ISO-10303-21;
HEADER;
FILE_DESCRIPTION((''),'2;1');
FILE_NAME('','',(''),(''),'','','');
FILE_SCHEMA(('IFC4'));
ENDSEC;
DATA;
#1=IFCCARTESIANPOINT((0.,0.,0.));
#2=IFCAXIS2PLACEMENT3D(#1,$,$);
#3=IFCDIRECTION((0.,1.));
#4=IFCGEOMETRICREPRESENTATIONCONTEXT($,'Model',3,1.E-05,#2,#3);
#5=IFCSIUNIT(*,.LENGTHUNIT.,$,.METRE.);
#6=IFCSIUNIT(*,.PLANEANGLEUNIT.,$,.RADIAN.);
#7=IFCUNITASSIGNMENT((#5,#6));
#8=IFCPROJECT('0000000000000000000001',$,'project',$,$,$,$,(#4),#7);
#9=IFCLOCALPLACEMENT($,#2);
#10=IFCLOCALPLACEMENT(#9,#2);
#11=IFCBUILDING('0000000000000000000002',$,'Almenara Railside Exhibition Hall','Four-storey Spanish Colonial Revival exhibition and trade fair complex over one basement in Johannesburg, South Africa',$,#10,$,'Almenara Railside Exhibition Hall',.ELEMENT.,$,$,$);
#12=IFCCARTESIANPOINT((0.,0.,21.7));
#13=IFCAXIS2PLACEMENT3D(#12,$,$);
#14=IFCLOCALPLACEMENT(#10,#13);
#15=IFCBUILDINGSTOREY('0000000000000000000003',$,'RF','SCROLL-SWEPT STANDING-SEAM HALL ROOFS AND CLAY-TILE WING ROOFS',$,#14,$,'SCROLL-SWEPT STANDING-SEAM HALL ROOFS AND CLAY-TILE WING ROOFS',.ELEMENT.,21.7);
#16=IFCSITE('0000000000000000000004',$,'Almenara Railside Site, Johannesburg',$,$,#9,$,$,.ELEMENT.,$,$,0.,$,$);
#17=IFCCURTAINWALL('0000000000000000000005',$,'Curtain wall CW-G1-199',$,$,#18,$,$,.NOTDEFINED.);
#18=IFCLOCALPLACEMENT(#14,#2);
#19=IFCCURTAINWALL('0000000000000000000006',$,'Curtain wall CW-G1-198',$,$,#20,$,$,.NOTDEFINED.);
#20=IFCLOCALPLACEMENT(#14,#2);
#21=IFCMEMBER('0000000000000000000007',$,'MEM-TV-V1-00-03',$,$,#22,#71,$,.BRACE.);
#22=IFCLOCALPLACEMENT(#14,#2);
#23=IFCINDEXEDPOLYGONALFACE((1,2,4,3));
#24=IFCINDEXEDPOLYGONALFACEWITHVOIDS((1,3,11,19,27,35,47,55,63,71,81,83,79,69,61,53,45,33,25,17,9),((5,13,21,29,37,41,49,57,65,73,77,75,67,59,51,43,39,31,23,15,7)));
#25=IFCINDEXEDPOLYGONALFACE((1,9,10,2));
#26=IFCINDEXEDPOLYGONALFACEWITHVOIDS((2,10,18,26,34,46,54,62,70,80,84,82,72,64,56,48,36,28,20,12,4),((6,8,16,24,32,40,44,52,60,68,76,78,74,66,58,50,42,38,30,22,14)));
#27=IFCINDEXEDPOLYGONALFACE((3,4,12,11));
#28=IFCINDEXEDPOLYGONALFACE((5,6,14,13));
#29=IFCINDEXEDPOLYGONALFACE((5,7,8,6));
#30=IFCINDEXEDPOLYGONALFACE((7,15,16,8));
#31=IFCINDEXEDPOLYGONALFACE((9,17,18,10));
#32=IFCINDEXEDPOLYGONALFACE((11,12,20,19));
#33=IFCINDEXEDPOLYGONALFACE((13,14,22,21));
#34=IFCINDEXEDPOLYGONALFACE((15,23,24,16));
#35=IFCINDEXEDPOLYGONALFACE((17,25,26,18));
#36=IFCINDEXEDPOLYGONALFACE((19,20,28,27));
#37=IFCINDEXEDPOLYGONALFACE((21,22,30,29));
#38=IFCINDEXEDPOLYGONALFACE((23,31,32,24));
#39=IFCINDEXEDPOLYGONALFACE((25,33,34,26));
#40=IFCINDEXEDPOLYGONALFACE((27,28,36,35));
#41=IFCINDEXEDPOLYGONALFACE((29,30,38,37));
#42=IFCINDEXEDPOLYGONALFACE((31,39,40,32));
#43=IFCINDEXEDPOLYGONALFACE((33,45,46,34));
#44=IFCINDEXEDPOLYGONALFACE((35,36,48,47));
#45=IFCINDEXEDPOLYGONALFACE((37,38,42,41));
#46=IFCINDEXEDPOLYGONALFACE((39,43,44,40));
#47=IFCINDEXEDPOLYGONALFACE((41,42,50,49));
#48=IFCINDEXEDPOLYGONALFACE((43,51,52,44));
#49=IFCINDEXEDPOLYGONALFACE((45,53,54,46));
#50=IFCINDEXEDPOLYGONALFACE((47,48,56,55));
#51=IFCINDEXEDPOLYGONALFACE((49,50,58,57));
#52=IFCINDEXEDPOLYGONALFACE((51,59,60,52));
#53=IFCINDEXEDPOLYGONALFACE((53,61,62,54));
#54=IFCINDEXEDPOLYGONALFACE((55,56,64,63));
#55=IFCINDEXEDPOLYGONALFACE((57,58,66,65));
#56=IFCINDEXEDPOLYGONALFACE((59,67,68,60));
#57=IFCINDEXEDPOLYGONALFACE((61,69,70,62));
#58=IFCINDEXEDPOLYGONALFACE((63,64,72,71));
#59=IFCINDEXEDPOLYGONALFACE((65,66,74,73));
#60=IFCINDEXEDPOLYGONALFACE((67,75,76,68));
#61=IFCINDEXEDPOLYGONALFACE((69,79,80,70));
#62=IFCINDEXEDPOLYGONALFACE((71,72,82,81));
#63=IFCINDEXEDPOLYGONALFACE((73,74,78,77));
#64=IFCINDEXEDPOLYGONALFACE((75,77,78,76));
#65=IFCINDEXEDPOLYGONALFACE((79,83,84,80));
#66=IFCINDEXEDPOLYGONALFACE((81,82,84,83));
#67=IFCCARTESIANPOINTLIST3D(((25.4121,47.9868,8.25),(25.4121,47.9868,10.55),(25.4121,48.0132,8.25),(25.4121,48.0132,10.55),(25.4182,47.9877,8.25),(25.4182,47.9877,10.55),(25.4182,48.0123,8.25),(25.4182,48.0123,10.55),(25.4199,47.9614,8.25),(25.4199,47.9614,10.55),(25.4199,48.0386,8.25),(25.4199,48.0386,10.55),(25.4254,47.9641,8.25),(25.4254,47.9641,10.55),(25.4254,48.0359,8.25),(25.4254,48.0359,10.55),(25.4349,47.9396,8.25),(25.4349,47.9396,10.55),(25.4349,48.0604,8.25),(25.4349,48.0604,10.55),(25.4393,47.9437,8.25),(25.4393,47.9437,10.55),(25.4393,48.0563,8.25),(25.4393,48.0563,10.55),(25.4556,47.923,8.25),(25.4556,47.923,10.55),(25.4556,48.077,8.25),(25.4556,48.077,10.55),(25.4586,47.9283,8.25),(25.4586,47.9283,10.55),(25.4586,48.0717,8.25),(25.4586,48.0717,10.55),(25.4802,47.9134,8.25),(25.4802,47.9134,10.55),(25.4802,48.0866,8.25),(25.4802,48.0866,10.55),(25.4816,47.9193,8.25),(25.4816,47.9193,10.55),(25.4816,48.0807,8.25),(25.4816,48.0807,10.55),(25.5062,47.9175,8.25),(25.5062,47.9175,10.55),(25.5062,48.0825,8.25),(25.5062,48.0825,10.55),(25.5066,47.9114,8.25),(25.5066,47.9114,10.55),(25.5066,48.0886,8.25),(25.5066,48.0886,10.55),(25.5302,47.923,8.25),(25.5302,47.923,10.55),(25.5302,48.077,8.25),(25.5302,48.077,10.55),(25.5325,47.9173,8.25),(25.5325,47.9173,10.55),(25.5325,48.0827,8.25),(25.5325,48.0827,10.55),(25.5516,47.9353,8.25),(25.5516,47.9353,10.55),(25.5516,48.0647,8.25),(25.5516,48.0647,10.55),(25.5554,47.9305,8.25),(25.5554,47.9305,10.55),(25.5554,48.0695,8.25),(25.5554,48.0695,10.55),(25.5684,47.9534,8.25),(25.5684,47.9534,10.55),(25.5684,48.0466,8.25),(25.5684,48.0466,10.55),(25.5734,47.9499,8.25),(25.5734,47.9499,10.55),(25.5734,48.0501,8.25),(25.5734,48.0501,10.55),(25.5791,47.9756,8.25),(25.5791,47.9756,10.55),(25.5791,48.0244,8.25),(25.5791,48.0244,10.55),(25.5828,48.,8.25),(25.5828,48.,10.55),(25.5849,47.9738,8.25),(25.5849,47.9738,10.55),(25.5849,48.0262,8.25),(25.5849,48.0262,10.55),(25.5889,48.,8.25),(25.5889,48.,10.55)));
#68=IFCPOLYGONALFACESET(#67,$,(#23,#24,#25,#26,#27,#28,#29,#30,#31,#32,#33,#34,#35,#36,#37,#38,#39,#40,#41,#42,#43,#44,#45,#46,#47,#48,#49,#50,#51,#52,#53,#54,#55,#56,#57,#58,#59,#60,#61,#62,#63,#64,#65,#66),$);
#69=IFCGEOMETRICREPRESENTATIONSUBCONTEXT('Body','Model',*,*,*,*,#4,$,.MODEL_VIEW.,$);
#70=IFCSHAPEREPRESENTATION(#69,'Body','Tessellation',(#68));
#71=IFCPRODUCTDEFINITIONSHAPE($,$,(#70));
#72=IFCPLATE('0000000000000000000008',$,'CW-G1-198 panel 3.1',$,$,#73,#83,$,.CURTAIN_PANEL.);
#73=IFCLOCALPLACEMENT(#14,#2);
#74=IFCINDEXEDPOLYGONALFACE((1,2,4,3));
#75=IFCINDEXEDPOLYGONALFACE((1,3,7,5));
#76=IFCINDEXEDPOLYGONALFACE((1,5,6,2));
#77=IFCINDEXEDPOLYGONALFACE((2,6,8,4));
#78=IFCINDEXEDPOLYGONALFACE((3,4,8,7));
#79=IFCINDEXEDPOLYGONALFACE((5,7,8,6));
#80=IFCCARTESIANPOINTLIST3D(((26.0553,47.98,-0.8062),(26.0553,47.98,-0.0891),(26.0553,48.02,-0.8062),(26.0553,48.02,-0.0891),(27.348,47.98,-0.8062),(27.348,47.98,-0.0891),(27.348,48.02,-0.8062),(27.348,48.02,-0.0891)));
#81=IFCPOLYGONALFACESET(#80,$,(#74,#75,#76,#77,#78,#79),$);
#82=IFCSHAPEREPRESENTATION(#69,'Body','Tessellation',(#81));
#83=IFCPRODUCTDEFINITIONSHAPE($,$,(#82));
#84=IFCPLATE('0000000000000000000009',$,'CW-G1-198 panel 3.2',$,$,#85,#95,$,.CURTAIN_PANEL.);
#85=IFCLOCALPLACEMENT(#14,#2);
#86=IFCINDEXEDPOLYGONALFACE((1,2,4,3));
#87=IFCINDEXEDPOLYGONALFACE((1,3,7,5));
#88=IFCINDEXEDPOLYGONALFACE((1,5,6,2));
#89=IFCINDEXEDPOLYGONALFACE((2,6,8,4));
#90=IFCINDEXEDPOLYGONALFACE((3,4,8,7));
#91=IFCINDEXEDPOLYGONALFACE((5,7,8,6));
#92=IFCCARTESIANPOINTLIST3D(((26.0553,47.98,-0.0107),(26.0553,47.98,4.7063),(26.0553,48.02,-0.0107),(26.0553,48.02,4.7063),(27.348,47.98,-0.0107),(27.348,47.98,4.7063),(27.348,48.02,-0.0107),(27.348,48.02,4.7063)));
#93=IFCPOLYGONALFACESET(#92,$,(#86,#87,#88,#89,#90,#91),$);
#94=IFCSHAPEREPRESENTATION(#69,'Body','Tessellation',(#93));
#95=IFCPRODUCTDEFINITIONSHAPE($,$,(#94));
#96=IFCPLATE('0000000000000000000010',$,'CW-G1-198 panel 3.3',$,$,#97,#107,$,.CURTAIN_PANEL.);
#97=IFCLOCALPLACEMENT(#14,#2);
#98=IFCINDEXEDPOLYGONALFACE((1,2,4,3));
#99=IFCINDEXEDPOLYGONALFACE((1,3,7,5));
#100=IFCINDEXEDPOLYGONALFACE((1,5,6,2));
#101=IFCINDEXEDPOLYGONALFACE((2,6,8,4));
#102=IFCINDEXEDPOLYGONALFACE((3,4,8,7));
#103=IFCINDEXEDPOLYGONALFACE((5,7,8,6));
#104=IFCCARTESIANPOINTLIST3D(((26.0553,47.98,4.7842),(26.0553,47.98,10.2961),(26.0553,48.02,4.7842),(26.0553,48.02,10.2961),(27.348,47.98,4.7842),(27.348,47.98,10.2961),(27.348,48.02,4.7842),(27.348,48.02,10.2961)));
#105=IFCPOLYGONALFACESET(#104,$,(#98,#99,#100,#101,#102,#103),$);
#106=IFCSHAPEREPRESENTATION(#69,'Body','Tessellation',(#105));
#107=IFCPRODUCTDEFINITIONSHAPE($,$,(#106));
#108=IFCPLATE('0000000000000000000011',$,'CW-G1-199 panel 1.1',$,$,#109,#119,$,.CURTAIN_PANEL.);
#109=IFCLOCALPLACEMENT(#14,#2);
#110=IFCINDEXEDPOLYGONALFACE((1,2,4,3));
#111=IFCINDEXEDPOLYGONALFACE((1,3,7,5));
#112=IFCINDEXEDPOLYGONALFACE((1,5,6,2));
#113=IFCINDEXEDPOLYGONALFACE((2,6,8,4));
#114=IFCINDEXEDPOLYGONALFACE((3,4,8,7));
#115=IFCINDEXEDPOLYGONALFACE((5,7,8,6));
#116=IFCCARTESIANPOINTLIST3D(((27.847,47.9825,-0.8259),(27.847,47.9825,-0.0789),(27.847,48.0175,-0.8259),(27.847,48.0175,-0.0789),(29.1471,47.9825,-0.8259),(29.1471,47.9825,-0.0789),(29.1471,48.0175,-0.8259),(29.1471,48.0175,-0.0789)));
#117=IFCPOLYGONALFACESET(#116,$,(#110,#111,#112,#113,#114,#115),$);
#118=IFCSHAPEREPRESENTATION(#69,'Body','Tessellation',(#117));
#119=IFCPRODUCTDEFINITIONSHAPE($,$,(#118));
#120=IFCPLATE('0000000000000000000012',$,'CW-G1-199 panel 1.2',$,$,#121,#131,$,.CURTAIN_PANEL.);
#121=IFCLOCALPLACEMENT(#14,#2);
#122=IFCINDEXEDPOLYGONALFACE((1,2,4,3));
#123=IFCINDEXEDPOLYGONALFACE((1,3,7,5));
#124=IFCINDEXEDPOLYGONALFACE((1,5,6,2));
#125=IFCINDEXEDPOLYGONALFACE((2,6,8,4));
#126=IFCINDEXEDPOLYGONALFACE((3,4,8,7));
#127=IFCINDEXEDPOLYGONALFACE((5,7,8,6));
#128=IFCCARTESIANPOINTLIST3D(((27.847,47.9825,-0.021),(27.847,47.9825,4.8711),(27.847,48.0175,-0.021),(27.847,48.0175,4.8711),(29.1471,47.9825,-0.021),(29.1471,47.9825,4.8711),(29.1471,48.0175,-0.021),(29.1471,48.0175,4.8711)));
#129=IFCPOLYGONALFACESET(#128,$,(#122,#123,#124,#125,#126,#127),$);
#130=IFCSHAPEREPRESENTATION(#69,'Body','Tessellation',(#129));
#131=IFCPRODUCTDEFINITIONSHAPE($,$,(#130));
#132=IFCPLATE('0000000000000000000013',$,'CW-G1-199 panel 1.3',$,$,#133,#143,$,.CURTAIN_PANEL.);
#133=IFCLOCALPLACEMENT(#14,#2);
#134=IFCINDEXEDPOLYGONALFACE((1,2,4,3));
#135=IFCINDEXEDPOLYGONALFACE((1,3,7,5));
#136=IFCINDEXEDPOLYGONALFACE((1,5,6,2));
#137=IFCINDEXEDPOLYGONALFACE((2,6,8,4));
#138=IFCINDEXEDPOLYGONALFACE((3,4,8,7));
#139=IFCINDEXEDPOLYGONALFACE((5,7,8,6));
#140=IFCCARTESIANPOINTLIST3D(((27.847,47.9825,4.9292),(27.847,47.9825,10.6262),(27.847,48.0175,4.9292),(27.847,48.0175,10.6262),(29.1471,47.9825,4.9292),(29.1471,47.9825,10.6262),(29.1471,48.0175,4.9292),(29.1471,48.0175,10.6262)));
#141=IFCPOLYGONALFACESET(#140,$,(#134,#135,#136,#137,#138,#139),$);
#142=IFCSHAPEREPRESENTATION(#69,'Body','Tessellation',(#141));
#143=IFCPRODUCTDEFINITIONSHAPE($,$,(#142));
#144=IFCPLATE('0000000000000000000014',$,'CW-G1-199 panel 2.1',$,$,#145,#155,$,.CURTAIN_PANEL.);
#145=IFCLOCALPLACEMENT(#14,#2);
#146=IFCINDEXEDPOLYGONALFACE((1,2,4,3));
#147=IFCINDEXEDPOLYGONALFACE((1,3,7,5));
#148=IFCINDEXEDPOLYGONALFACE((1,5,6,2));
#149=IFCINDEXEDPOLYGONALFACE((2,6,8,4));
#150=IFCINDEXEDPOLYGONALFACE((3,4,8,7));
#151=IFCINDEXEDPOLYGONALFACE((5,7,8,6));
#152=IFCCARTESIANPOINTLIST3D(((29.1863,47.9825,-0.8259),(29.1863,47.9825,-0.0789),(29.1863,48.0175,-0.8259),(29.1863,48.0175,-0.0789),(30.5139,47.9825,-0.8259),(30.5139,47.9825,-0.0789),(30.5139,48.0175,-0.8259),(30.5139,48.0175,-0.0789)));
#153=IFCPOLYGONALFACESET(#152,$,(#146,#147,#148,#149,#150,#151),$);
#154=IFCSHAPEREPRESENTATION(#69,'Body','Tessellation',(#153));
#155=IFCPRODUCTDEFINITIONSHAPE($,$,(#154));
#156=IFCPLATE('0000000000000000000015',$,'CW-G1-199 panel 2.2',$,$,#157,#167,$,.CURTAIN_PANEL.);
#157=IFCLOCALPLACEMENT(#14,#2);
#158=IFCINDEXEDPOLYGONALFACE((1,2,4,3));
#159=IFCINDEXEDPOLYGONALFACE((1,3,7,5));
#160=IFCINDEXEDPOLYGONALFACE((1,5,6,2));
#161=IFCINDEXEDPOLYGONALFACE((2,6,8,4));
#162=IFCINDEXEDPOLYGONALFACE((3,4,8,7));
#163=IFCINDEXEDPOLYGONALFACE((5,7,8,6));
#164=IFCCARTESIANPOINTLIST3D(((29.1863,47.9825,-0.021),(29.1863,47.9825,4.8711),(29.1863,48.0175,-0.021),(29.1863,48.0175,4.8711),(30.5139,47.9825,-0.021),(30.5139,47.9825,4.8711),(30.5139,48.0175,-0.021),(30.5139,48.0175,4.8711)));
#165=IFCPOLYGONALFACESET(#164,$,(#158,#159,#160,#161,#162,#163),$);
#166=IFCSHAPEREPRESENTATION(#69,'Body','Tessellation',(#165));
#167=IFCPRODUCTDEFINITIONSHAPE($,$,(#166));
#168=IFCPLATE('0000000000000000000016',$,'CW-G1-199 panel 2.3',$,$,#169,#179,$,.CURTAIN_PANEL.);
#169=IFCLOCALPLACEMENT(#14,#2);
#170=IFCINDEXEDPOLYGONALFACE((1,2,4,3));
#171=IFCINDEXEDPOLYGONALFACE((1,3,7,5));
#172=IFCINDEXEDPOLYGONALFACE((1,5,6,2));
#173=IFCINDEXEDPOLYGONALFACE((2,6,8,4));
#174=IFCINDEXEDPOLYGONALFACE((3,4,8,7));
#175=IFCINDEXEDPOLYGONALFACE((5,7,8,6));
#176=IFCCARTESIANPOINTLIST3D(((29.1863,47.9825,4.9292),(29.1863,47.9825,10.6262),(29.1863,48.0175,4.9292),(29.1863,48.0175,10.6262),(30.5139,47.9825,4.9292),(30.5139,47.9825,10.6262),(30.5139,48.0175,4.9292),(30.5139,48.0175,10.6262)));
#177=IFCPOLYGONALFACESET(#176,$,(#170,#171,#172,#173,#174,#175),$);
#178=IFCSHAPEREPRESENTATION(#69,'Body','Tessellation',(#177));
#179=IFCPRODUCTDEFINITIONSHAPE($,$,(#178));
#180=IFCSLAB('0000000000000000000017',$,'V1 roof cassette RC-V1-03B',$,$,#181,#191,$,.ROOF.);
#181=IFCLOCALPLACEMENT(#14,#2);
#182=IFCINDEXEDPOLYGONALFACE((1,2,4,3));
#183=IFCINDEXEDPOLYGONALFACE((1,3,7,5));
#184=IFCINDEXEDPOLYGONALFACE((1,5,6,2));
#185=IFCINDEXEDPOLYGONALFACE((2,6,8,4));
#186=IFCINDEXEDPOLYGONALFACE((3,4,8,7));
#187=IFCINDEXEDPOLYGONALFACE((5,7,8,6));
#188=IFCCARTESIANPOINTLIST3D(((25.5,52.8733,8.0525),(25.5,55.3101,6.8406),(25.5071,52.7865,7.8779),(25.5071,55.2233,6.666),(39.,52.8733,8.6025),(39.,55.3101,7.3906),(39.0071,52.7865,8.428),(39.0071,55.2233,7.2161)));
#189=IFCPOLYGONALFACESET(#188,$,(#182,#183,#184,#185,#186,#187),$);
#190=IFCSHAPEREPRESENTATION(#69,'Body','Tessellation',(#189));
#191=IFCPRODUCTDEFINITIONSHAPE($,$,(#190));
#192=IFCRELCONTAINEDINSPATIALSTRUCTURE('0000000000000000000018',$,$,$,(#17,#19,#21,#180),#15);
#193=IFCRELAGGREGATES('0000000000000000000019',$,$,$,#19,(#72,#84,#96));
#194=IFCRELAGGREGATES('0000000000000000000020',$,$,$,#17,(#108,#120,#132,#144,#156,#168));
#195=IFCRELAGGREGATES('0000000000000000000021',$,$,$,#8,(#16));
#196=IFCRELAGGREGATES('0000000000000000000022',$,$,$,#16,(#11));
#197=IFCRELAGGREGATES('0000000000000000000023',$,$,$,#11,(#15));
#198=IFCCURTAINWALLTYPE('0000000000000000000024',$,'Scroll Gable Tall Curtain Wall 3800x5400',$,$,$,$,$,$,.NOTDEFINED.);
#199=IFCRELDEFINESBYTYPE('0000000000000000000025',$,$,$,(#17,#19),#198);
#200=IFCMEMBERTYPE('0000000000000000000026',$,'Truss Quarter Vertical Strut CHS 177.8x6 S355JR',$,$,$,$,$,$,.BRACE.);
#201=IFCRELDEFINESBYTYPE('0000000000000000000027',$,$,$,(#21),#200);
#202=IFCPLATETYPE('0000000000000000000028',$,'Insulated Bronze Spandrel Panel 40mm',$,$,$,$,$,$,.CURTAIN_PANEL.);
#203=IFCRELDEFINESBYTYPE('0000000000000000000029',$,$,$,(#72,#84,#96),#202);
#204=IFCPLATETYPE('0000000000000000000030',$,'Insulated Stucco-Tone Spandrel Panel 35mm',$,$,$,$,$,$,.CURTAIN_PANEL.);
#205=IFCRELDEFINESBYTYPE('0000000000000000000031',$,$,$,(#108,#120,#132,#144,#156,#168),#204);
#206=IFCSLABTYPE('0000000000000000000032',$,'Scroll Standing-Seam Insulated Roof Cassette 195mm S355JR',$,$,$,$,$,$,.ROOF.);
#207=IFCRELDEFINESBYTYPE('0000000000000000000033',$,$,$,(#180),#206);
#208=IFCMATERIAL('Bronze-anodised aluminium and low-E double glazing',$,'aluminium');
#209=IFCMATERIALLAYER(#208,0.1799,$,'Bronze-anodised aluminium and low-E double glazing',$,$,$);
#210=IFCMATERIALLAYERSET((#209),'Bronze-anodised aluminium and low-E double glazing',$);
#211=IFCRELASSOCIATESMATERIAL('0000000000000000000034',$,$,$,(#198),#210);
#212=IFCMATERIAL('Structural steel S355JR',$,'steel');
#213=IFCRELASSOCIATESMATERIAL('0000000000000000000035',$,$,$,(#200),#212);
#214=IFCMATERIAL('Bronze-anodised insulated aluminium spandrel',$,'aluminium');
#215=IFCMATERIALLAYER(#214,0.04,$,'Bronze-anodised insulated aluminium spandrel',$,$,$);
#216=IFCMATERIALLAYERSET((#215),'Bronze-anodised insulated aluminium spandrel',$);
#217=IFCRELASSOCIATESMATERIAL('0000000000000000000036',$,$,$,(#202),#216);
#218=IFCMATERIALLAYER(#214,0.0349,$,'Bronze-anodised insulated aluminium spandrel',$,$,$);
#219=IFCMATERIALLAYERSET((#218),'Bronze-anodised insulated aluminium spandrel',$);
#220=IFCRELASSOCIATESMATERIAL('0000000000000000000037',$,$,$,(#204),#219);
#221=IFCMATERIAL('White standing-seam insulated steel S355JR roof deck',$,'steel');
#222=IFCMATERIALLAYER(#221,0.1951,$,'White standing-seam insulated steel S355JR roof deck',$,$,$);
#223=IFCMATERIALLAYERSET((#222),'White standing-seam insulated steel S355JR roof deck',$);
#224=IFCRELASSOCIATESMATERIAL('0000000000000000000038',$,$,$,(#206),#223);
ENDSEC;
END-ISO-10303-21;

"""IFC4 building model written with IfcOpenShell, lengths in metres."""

from ifc_helpers import new_model, si_unit, direction, frame, origin, origin_2d, place, context, subcontext, project, spatial, polyline, rectangle, hollow_circle, outline, extrude, material, layer, layer_set, material_profile, profile_set, type_object, element, aggregate, save


model = new_model("IFC4")

# Units and contexts
model_context = context("Model", 3, precision=1e-05, world=origin(), true_north=direction((0.0, 1.0)))
body_context = subcontext(model_context, "Body", "Model", "MODEL_VIEW")
ifc_project = project(units=[si_unit("LENGTHUNIT", "METRE"), si_unit("PLANEANGLEUNIT", "RADIAN")], contexts=[model_context])

# Site, building, storey
site_placement = place(None, origin())
site = spatial("IfcSite", under=ifc_project, at=site_placement, Name="Almenara Railside Site, Johannesburg", CompositionType="ELEMENT", RefElevation=0.0)
building_placement = place(site_placement, origin())
building = spatial("IfcBuilding", under=site, at=building_placement, Name="Almenara Railside Exhibition Hall", Description="Four-storey Spanish Colonial Revival exhibition and trade fair complex over one basement in Johannesburg, South Africa", LongName="Almenara Railside Exhibition Hall", CompositionType="ELEMENT")
storey_placement = place(building_placement, frame((0.0, 0.0, 21.7)))
storey = spatial("IfcBuildingStorey", under=building, at=storey_placement, Name="RF", Description="SCROLL-SWEPT STANDING-SEAM HALL ROOFS AND CLAY-TILE WING ROOFS", LongName="SCROLL-SWEPT STANDING-SEAM HALL ROOFS AND CLAY-TILE WING ROOFS", CompositionType="ELEMENT", Elevation=21.7)

# Curtain walls
ifc_material_1 = material(Name="Bronze-anodised aluminium and low-E double glazing", Category="aluminium")
ifc_layer_1 = layer(ifc_material_1, 0.1799, Name="Bronze-anodised aluminium and low-E double glazing")
ifc_layer_set_1 = layer_set([ifc_layer_1], Name="Bronze-anodised aluminium and low-E double glazing")
curtain_wall_type = type_object("IfcCurtainWallType", Name="Scroll Gable Tall Curtain Wall 3800x5400", PredefinedType="NOTDEFINED", material=ifc_layer_set_1)
curtain_wall_1_placement = place(storey_placement, origin())
curtain_wall_1 = element("IfcCurtainWall", 1, at=curtain_wall_1_placement, inside=storey, type_object=curtain_wall_type, Name="Curtain wall CW-G1-199", PredefinedType="NOTDEFINED")
curtain_wall_2_placement = place(storey_placement, origin())
curtain_wall_2 = element("IfcCurtainWall", 2, at=curtain_wall_2_placement, inside=storey, type_object=curtain_wall_type, Name="Curtain wall CW-G1-198", PredefinedType="NOTDEFINED")

# Member
ifc_material_2 = material(Name="Structural steel S355JR", Category="steel")
ifc_material_profile_1 = material_profile(ifc_material_2, hollow_circle(Radius=0.0889, WallThickness=0.0061, at=origin_2d()), Name="CHS 177.8x6")
ifc_profile_set_1 = profile_set([ifc_material_profile_1], Name="Structural steel S355JR")
member_type_1 = type_object("IfcMemberType", Name="Truss Quarter Vertical Strut CHS 177.8x6 S355JR", PredefinedType="BRACE", material=ifc_profile_set_1)
member_1_placement = place(storey_placement, frame((25.5, 48.0, 8.25), z_axis=(0.0, 0.0, 1.0), x_axis=(1.0, 0.0, 0.0)))
element("IfcMember", 3, at=member_1_placement, inside=storey, type_object=member_type_1, Name="MEM-TV-V1-00-03", PredefinedType="BRACE", context=body_context, shape_type="SweptSolid", body=[
    extrude(hollow_circle(Radius=0.0889, WallThickness=0.0061, at=origin_2d()), origin(), (0.0, 0.0, 1.0), 2.3),
])

# Plates
ifc_material_3 = material(Name="Bronze-anodised insulated aluminium spandrel", Category="aluminium")
ifc_layer_2 = layer(ifc_material_3, 0.04, Name="Bronze-anodised insulated aluminium spandrel")
ifc_layer_set_2 = layer_set([ifc_layer_2], Name="Bronze-anodised insulated aluminium spandrel")
plate_type_1 = type_object("IfcPlateType", Name="Insulated Bronze Spandrel Panel 40mm", PredefinedType="CURTAIN_PANEL", material=ifc_layer_set_2)
plate_1_placement = place(storey_placement, frame((26.7017, 48.0, -0.8062), z_axis=(0.0, 0.0, 1.0), x_axis=(1.0, 0.0, 0.0)))
plate_1 = element("IfcPlate", 4, at=plate_1_placement, type_object=plate_type_1, Name="CW-G1-198 panel 3.1", PredefinedType="CURTAIN_PANEL", context=body_context, shape_type="SweptSolid", body=[
    extrude(rectangle(XDim=1.2927, YDim=0.04, at=origin_2d()), origin(), (0.0, 0.0, 1.0), 0.717),
])
plate_2_placement = place(storey_placement, frame((26.7017, 48.0, -0.0107), z_axis=(0.0, 0.0, 1.0), x_axis=(1.0, 0.0, 0.0)))
plate_2 = element("IfcPlate", 5, at=plate_2_placement, type_object=plate_type_1, Name="CW-G1-198 panel 3.2", PredefinedType="CURTAIN_PANEL", context=body_context, shape_type="SweptSolid", body=[
    extrude(rectangle(XDim=1.2927, YDim=0.04, at=origin_2d()), origin(), (0.0, 0.0, 1.0), 4.717),
])
plate_3_placement = place(storey_placement, frame((26.7017, 48.0, 4.7842), z_axis=(0.0, 0.0, 1.0), x_axis=(1.0, 0.0, 0.0)))
plate_3 = element("IfcPlate", 6, at=plate_3_placement, type_object=plate_type_1, Name="CW-G1-198 panel 3.3", PredefinedType="CURTAIN_PANEL", context=body_context, shape_type="SweptSolid", body=[
    extrude(rectangle(XDim=1.2927, YDim=0.04, at=origin_2d()), origin(), (0.0, 0.0, 1.0), 5.512),
])
aggregate(curtain_wall_2, [plate_1, plate_2, plate_3])
ifc_layer_3 = layer(ifc_material_3, 0.0349, Name="Bronze-anodised insulated aluminium spandrel")
ifc_layer_set_3 = layer_set([ifc_layer_3], Name="Bronze-anodised insulated aluminium spandrel")
plate_type_2 = type_object("IfcPlateType", Name="Insulated Stucco-Tone Spandrel Panel 35mm", PredefinedType="CURTAIN_PANEL", material=ifc_layer_set_3)
plate_4_placement = place(storey_placement, frame((28.4971, 48.0, -0.8259), z_axis=(0.0, 0.0, 1.0), x_axis=(1.0, 0.0, 0.0)))
plate_4 = element("IfcPlate", 7, at=plate_4_placement, type_object=plate_type_2, Name="CW-G1-199 panel 1.1", PredefinedType="CURTAIN_PANEL", context=body_context, shape_type="SweptSolid", body=[
    extrude(rectangle(XDim=1.3, YDim=0.0349, at=origin_2d()), origin(), (0.0, 0.0, 1.0), 0.7471),
])
plate_5_placement = place(storey_placement, frame((28.4971, 48.0, -0.021), z_axis=(0.0, 0.0, 1.0), x_axis=(1.0, 0.0, 0.0)))
plate_5 = element("IfcPlate", 8, at=plate_5_placement, type_object=plate_type_2, Name="CW-G1-199 panel 1.2", PredefinedType="CURTAIN_PANEL", context=body_context, shape_type="SweptSolid", body=[
    extrude(rectangle(XDim=1.3, YDim=0.0349, at=origin_2d()), origin(), (0.0, 0.0, 1.0), 4.8921),
])
plate_6_placement = place(storey_placement, frame((28.4971, 48.0, 4.9292), z_axis=(0.0, 0.0, 1.0), x_axis=(1.0, 0.0, 0.0)))
plate_6 = element("IfcPlate", 9, at=plate_6_placement, type_object=plate_type_2, Name="CW-G1-199 panel 1.3", PredefinedType="CURTAIN_PANEL", context=body_context, shape_type="SweptSolid", body=[
    extrude(rectangle(XDim=1.3, YDim=0.0349, at=origin_2d()), origin(), (0.0, 0.0, 1.0), 5.697),
])
plate_7_placement = place(storey_placement, frame((29.8501, 48.0, -0.8259), z_axis=(0.0, 0.0, 1.0), x_axis=(1.0, 0.0, 0.0)))
plate_7 = element("IfcPlate", 10, at=plate_7_placement, type_object=plate_type_2, Name="CW-G1-199 panel 2.1", PredefinedType="CURTAIN_PANEL", context=body_context, shape_type="SweptSolid", body=[
    extrude(rectangle(XDim=1.3276, YDim=0.0349, at=origin_2d()), origin(), (0.0, 0.0, 1.0), 0.7471),
])
plate_8_placement = place(storey_placement, frame((29.8501, 48.0, -0.021), z_axis=(0.0, 0.0, 1.0), x_axis=(1.0, 0.0, 0.0)))
plate_8 = element("IfcPlate", 11, at=plate_8_placement, type_object=plate_type_2, Name="CW-G1-199 panel 2.2", PredefinedType="CURTAIN_PANEL", context=body_context, shape_type="SweptSolid", body=[
    extrude(rectangle(XDim=1.3276, YDim=0.0349, at=origin_2d()), origin(), (0.0, 0.0, 1.0), 4.8921),
])
plate_9_placement = place(storey_placement, frame((29.8501, 48.0, 4.9292), z_axis=(0.0, 0.0, 1.0), x_axis=(1.0, 0.0, 0.0)))
plate_9 = element("IfcPlate", 12, at=plate_9_placement, type_object=plate_type_2, Name="CW-G1-199 panel 2.3", PredefinedType="CURTAIN_PANEL", context=body_context, shape_type="SweptSolid", body=[
    extrude(rectangle(XDim=1.3276, YDim=0.0349, at=origin_2d()), origin(), (0.0, 0.0, 1.0), 5.697),
])
aggregate(curtain_wall_1, [plate_4, plate_5, plate_6, plate_7, plate_8, plate_9])

# Slab
ifc_material_4 = material(Name="White standing-seam insulated steel S355JR roof deck", Category="steel")
ifc_layer_4 = layer(ifc_material_4, 0.1951, Name="White standing-seam insulated steel S355JR roof deck")
ifc_layer_set_4 = layer_set([ifc_layer_4], Name="White standing-seam insulated steel S355JR roof deck")
slab_type_1 = type_object("IfcSlabType", Name="Scroll Standing-Seam Insulated Roof Cassette 195mm S355JR", PredefinedType="ROOF", material=ifc_layer_set_4)
slab_1_placement = place(storey_placement, frame((25.5, 52.8733, 8.0525), z_axis=(-0.036457, 0.445015, 0.894781), x_axis=(0.999171, 0.0, 0.040711)))
element("IfcSlab", 13, at=slab_1_placement, inside=storey, type_object=slab_type_1, Name="V1 roof cassette RC-V1-03B", PredefinedType="ROOF", context=body_context, shape_type="SweptSolid", body=[
    extrude(outline(polyline([(0.0, 0.0), (13.5112, 0.0), (13.4619, 2.7211), (-0.0493, 2.7211), (0.0, 0.0)])), origin(), (0.0, 0.0, -1.0), 0.1951),
])

save(model, "model.ifc")
